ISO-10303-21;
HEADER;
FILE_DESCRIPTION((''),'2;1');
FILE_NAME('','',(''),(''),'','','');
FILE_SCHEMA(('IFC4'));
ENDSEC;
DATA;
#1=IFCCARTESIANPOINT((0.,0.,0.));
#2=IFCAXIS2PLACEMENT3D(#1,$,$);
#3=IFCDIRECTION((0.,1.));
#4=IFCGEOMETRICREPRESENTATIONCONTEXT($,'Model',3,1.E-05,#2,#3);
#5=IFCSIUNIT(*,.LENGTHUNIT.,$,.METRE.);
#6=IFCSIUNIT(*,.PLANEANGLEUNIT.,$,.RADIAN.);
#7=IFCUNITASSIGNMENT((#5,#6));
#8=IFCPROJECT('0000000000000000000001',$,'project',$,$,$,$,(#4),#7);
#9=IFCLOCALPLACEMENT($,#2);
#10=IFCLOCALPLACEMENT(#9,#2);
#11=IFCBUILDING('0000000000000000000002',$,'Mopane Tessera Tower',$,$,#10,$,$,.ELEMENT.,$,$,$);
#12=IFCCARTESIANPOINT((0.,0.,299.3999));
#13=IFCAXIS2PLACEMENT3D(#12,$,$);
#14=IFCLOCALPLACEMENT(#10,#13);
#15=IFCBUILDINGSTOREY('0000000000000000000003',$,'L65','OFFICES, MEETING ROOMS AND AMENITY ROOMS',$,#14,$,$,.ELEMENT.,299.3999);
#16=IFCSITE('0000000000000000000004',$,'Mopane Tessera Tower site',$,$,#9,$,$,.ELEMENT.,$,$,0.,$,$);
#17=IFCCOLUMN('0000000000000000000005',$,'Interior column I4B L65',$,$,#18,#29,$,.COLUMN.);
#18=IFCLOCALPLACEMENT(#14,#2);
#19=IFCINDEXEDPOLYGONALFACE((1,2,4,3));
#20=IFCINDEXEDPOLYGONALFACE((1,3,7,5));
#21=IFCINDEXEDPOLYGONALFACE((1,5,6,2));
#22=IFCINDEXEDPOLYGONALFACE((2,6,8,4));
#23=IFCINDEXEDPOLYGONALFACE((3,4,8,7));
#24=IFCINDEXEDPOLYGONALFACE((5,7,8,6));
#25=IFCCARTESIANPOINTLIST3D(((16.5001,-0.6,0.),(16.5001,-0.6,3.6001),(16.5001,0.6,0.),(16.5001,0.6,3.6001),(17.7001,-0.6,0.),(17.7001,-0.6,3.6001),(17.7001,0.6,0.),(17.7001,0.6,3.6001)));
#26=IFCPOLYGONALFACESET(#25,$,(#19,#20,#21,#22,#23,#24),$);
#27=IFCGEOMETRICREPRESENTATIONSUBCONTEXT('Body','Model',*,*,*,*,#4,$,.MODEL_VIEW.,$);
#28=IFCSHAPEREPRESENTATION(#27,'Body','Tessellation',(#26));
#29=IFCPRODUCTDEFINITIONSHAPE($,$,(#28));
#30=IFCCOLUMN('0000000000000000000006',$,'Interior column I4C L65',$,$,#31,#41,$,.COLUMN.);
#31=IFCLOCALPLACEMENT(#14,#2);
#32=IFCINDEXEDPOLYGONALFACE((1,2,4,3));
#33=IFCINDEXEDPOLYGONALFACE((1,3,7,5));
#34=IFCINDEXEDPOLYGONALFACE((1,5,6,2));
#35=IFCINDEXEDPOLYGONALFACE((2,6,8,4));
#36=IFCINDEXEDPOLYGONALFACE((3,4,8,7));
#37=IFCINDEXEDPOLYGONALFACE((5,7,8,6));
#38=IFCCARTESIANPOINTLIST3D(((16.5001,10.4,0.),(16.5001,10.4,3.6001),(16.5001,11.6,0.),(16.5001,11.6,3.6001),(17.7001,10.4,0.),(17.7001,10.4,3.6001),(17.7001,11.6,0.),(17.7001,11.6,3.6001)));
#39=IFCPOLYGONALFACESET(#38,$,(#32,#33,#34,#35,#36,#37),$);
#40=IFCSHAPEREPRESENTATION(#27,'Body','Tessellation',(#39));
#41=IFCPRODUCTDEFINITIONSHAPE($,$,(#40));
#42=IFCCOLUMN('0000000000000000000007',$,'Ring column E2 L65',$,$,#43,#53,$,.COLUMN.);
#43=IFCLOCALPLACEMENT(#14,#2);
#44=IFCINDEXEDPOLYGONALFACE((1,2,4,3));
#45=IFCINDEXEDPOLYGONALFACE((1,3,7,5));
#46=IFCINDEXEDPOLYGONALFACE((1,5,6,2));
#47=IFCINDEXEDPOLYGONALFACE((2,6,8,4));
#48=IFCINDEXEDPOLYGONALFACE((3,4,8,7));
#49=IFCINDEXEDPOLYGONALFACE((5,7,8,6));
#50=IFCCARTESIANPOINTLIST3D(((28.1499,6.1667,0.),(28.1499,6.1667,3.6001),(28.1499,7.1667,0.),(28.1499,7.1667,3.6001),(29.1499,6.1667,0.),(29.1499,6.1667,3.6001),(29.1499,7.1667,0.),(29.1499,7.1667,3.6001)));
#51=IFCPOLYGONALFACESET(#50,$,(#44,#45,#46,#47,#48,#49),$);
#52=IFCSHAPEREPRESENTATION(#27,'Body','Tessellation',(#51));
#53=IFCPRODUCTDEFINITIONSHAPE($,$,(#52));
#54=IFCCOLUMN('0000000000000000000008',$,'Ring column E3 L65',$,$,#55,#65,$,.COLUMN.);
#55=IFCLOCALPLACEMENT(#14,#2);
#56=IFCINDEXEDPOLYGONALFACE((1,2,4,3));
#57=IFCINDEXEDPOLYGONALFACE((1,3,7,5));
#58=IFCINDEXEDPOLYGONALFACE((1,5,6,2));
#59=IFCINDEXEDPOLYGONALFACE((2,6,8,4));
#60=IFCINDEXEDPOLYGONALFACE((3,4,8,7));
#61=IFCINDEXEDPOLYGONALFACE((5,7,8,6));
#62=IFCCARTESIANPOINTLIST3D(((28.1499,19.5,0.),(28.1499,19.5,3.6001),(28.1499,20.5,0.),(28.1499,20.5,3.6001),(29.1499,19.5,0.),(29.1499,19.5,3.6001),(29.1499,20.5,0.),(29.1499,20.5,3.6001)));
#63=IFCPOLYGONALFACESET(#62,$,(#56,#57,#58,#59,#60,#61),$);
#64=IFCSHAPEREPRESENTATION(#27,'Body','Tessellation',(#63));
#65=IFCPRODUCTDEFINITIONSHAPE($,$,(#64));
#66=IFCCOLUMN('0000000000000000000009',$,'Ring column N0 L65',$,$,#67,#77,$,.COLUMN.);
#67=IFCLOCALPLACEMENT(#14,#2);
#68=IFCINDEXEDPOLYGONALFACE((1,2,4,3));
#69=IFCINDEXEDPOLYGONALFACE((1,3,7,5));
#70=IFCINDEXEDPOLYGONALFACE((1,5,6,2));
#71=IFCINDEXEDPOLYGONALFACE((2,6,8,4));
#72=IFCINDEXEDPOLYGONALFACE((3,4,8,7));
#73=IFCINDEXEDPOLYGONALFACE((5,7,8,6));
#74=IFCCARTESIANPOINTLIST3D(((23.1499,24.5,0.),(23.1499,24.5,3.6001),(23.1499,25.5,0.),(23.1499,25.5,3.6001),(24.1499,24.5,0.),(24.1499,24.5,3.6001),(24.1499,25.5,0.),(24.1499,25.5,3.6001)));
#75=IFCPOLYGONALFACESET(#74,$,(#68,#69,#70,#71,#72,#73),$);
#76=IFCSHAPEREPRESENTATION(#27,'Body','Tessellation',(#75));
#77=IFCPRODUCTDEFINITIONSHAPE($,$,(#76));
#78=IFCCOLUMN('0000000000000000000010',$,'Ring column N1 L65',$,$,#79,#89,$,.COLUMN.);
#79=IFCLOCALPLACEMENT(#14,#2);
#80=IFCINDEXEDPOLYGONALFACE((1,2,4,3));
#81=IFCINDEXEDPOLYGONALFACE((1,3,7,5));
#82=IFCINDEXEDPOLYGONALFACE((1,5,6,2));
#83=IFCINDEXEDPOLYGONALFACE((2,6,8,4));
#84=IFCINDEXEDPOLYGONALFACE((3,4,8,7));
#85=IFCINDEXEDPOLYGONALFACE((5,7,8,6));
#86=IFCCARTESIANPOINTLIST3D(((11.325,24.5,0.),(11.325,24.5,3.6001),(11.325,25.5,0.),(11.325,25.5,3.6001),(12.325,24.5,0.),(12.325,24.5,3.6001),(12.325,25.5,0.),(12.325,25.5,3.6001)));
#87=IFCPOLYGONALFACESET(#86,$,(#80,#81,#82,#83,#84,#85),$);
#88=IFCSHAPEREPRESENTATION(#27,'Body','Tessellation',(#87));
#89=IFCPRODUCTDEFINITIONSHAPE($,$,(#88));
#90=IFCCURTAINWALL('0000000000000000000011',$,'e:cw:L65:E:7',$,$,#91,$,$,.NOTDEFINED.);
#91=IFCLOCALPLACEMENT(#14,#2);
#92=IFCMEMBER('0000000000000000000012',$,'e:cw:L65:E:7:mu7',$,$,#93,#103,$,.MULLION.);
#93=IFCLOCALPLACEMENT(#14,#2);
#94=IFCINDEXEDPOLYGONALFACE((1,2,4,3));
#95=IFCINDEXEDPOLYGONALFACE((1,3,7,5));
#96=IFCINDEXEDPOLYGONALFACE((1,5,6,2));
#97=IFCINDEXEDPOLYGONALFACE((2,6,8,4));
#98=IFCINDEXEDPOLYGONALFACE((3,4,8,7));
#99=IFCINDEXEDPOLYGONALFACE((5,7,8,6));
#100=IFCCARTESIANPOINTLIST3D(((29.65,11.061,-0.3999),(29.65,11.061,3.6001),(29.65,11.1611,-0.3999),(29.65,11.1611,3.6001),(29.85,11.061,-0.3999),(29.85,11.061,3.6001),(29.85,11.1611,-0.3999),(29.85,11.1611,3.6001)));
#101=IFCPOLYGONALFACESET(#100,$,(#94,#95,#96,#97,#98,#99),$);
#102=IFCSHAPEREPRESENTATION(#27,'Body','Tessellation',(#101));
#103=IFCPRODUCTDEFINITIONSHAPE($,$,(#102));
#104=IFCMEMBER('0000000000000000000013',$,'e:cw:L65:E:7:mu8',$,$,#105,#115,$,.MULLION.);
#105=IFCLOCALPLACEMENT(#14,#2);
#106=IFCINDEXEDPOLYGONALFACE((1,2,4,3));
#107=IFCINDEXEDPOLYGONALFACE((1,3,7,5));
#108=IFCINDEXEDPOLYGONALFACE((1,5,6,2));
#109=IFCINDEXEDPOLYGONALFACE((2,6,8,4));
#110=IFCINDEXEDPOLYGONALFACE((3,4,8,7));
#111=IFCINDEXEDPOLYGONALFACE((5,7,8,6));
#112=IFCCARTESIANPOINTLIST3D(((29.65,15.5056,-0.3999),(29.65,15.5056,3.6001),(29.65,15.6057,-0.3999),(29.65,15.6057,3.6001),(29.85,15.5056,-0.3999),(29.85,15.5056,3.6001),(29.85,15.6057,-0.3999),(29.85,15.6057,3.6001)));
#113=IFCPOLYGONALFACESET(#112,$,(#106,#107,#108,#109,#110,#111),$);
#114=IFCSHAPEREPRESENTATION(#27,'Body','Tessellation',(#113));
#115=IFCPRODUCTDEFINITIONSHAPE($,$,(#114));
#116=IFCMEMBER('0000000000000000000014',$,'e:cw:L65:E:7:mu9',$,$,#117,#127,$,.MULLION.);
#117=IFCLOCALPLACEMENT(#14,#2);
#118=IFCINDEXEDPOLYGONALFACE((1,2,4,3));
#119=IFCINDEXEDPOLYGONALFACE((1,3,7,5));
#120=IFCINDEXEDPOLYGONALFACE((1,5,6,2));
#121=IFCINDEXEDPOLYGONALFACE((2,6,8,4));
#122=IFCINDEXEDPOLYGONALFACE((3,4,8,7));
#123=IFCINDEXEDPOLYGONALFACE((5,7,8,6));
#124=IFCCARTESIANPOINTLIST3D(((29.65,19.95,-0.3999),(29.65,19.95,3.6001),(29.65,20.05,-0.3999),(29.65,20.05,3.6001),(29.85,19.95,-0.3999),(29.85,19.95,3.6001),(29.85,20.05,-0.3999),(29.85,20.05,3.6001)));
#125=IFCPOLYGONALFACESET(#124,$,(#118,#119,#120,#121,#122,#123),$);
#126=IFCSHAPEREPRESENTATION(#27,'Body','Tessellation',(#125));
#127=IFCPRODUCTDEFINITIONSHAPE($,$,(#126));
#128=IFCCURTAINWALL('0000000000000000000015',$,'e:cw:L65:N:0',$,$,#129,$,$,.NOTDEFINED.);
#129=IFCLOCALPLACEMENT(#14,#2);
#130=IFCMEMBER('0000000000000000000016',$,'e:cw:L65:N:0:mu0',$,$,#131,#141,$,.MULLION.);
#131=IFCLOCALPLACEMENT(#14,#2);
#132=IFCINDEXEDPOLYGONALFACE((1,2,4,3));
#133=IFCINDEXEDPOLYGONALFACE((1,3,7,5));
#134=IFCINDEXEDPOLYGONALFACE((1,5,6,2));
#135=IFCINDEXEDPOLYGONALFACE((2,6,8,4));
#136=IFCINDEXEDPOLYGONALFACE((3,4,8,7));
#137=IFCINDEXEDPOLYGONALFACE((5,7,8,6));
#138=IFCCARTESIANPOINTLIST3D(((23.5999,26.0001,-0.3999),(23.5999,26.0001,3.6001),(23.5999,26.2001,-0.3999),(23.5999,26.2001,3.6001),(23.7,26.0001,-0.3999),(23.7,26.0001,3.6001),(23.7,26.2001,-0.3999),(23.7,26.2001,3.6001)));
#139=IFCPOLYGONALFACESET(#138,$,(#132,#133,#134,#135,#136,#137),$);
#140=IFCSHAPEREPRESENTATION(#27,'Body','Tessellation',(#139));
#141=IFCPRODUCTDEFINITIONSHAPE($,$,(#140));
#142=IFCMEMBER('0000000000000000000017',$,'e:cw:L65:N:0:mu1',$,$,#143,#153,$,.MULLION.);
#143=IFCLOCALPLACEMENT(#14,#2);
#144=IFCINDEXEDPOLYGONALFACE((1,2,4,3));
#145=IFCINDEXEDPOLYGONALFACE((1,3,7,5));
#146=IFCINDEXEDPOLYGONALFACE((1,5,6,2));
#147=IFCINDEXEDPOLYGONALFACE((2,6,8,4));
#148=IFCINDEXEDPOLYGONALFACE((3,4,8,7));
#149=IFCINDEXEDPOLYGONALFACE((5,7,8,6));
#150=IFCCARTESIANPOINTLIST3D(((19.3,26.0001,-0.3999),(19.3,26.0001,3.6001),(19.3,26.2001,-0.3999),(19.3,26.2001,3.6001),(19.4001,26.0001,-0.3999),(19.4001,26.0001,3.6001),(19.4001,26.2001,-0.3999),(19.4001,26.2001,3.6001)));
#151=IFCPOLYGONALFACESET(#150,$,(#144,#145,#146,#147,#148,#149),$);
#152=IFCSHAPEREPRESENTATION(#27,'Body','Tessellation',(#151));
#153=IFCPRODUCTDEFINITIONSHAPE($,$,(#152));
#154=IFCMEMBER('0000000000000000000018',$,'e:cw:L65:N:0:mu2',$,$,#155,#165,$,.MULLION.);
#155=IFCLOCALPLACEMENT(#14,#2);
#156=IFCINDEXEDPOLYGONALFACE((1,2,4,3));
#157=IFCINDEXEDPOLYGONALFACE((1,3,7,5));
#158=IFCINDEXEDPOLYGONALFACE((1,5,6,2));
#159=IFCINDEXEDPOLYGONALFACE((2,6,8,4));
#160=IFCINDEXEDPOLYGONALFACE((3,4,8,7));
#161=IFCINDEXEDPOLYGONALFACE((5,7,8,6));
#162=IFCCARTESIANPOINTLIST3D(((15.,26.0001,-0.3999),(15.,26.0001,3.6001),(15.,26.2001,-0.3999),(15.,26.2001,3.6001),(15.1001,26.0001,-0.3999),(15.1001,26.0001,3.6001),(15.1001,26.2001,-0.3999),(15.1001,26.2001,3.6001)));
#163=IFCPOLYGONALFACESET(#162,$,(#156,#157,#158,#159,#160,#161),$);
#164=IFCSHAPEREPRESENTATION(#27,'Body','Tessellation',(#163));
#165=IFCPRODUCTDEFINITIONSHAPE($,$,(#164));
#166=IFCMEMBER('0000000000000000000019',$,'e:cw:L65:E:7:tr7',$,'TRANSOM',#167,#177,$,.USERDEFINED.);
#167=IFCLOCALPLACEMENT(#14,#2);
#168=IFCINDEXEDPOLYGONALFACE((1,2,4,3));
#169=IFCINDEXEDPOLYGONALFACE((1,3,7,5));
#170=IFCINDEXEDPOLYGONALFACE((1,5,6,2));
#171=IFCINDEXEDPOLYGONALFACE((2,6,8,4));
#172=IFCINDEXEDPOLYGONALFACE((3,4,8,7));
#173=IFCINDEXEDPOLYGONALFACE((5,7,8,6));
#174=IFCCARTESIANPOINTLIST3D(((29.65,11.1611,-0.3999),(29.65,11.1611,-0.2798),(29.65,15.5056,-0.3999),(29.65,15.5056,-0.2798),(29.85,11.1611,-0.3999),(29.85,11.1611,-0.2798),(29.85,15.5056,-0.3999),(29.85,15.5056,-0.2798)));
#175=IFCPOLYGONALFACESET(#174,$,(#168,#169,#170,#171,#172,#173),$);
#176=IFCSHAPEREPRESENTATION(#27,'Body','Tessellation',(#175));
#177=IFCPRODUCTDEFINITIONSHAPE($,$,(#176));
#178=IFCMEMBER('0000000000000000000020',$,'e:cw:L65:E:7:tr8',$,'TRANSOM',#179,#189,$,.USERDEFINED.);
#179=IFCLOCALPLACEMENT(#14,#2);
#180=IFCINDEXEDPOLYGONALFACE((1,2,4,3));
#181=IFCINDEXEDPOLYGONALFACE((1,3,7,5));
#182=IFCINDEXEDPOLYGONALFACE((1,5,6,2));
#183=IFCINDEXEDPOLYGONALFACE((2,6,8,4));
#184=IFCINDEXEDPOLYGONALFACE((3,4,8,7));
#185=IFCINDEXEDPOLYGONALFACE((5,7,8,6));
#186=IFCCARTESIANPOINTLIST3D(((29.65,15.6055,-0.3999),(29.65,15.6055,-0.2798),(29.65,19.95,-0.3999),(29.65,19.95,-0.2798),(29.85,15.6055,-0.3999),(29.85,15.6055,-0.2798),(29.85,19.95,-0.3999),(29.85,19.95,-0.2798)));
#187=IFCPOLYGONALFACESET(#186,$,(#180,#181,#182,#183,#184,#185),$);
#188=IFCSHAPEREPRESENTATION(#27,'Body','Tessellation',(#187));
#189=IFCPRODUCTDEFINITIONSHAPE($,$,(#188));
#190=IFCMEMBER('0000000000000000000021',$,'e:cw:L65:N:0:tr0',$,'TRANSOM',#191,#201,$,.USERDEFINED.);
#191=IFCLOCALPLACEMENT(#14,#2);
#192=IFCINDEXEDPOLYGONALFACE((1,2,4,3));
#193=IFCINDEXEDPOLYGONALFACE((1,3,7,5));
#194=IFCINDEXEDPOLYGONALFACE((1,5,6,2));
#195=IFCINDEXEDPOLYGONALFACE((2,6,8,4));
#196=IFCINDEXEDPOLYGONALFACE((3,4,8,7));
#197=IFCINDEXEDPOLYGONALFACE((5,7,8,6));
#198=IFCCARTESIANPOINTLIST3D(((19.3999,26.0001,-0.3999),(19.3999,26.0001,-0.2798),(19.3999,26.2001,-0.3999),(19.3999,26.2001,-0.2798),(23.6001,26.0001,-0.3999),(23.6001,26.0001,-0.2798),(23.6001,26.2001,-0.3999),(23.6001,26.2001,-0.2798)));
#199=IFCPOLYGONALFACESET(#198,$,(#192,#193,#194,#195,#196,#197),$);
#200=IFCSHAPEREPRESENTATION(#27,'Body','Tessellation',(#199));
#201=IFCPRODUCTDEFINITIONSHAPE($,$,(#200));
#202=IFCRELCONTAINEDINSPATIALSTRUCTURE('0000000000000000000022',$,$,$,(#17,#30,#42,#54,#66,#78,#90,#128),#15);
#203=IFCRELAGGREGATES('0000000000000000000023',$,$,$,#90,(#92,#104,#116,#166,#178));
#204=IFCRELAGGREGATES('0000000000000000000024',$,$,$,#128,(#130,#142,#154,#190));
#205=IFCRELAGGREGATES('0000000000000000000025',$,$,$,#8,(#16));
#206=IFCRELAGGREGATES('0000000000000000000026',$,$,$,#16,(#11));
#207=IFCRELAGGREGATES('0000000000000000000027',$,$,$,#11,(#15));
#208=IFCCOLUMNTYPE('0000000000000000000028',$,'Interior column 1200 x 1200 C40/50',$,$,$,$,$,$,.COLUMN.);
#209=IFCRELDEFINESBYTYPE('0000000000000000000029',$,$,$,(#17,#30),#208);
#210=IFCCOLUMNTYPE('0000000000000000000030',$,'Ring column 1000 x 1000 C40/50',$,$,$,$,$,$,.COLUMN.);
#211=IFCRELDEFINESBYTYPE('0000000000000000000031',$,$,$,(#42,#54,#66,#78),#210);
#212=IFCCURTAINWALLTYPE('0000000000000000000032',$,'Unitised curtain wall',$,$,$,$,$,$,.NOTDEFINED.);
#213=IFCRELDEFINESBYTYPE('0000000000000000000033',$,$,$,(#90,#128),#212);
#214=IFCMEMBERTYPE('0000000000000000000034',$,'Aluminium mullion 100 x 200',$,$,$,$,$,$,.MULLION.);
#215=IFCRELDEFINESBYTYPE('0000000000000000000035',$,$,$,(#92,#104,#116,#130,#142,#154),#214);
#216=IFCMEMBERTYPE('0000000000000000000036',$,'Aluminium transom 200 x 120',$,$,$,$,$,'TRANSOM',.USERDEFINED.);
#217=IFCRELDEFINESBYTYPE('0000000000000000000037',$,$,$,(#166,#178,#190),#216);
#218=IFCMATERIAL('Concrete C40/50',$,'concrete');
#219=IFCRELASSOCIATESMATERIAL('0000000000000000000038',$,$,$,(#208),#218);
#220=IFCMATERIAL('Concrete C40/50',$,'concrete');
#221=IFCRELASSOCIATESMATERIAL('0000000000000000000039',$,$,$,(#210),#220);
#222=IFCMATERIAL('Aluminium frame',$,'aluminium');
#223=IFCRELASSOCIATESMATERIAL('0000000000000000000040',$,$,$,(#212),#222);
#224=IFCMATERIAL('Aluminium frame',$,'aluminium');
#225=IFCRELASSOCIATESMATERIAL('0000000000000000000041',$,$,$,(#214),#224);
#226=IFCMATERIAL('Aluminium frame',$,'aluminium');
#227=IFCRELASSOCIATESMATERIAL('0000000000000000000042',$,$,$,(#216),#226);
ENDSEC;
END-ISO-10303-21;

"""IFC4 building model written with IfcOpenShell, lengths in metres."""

from ifc_helpers import new_model, si_unit, direction, frame, origin, origin_2d, place, context, subcontext, project, spatial, rectangle, extrude, material, material_profile, profile_set, type_object, element, aggregate, save


model = new_model("IFC4")

# Units and contexts
model_context = context("Model", 3, precision=1e-05, world=origin(), true_north=direction((0.0, 1.0)))
body_context = subcontext(model_context, "Body", "Model", "MODEL_VIEW")
ifc_project = project(units=[si_unit("LENGTHUNIT", "METRE"), si_unit("PLANEANGLEUNIT", "RADIAN")], contexts=[model_context])

# Site, building, storey
site_placement = place(None, origin())
site = spatial("IfcSite", under=ifc_project, at=site_placement, Name="Mopane Tessera Tower site", CompositionType="ELEMENT", RefElevation=0.0)
building_placement = place(site_placement, origin())
building = spatial("IfcBuilding", under=site, at=building_placement, Name="Mopane Tessera Tower", CompositionType="ELEMENT")
storey_placement = place(building_placement, frame((0.0, 0.0, 299.3999)))
storey = spatial("IfcBuildingStorey", under=building, at=storey_placement, Name="L65", Description="OFFICES, MEETING ROOMS AND AMENITY ROOMS", CompositionType="ELEMENT", Elevation=299.3999)

# Columns
ifc_material_1 = material(Name="Concrete C40/50", Category="concrete")
ifc_material_profile_1 = material_profile(ifc_material_1, rectangle(XDim=1.2, YDim=1.2, at=origin_2d()))
ifc_profile_set_1 = profile_set([ifc_material_profile_1], Name="Concrete C40/50")
column_type_1 = type_object("IfcColumnType", Name="Interior column 1200 x 1200 C40/50", PredefinedType="COLUMN", material=ifc_profile_set_1)
for number, where, z_axis, x_axis, name in (
    (1, (17.1001, 0.0, 0.0), (0.0, 0.0, 1.0), (1.0, 0.0, 0.0), "Interior column I4B L65"),
    (2, (17.1001, 11.0, 0.0), (0.0, 0.0, 1.0), (1.0, 0.0, 0.0), "Interior column I4C L65"),
):
    element("IfcColumn", number, at=place(storey_placement, frame(where, z_axis=z_axis, x_axis=x_axis)), inside=storey, type_object=column_type_1, Name=name, PredefinedType="COLUMN", context=body_context, shape_type="SweptSolid", body=[
        extrude(rectangle(XDim=1.2, YDim=1.2, at=origin_2d()), origin(), (0.0, 0.0, 1.0), 3.6001),
    ])
ifc_material_2 = material(Name="Concrete C40/50", Category="concrete")
ifc_material_profile_2 = material_profile(ifc_material_2, rectangle(XDim=1.0, YDim=1.0, at=origin_2d()))
ifc_profile_set_2 = profile_set([ifc_material_profile_2], Name="Concrete C40/50")
column_type_2 = type_object("IfcColumnType", Name="Ring column 1000 x 1000 C40/50", PredefinedType="COLUMN", material=ifc_profile_set_2)
for number, where, z_axis, x_axis, name in (
    (3, (28.6499, 6.6667, 0.0), (0.0, 0.0, 1.0), (1.0, 0.0, 0.0), "Ring column E2 L65"),
    (4, (28.6499, 20.0, 0.0), (0.0, 0.0, 1.0), (1.0, 0.0, 0.0), "Ring column E3 L65"),
    (5, (23.6499, 25.0, 0.0), (0.0, 0.0, 1.0), (1.0, 0.0, 0.0), "Ring column N0 L65"),
    (6, (11.825, 25.0, 0.0), (0.0, 0.0, 1.0), (1.0, 0.0, 0.0), "Ring column N1 L65"),
):
    element("IfcColumn", number, at=place(storey_placement, frame(where, z_axis=z_axis, x_axis=x_axis)), inside=storey, type_object=column_type_2, Name=name, PredefinedType="COLUMN", context=body_context, shape_type="SweptSolid", body=[
        extrude(rectangle(XDim=1.0, YDim=1.0, at=origin_2d()), origin(), (0.0, 0.0, 1.0), 3.6001),
    ])

# Curtain walls, members
ifc_material_3 = material(Name="Aluminium frame", Category="aluminium")
curtain_wall_type = type_object("IfcCurtainWallType", Name="Unitised curtain wall", PredefinedType="NOTDEFINED", material=ifc_material_3)
curtain_wall_1_placement = place(storey_placement, origin())
curtain_wall_1 = element("IfcCurtainWall", 7, at=curtain_wall_1_placement, inside=storey, type_object=curtain_wall_type, Name="e:cw:L65:E:7", PredefinedType="NOTDEFINED")
ifc_material_4 = material(Name="Aluminium frame", Category="aluminium")
ifc_material_profile_3 = material_profile(ifc_material_4, rectangle(XDim=0.1001, YDim=0.2, at=origin_2d()))
ifc_profile_set_3 = profile_set([ifc_material_profile_3], Name="Aluminium frame")
member_type_1 = type_object("IfcMemberType", Name="Aluminium mullion 100 x 200", PredefinedType="MULLION", material=ifc_profile_set_3)
member_1_placement = place(storey_placement, frame((29.75, 11.1111, -0.3999), z_axis=(0.0, 0.0, 1.0), x_axis=(0.0, 1.0, 0.0)))
member_1 = element("IfcMember", 8, at=member_1_placement, type_object=member_type_1, Name="e:cw:L65:E:7:mu7", PredefinedType="MULLION", context=body_context, shape_type="SweptSolid", body=[
    extrude(rectangle(XDim=0.1001, YDim=0.2, at=origin_2d()), origin(), (0.0, 0.0, 1.0), 4.0),
])
member_2_placement = place(storey_placement, frame((29.75, 15.5557, -0.3999), z_axis=(0.0, 0.0, 1.0), x_axis=(0.0, 1.0, 0.0)))
member_2 = element("IfcMember", 9, at=member_2_placement, type_object=member_type_1, Name="e:cw:L65:E:7:mu8", PredefinedType="MULLION", context=body_context, shape_type="SweptSolid", body=[
    extrude(rectangle(XDim=0.1001, YDim=0.2, at=origin_2d()), origin(), (0.0, 0.0, 1.0), 4.0),
])
member_3_placement = place(storey_placement, frame((29.75, 20.0, -0.3999), z_axis=(0.0, 0.0, 1.0), x_axis=(0.0, 1.0, 0.0)))
member_3 = element("IfcMember", 10, at=member_3_placement, type_object=member_type_1, Name="e:cw:L65:E:7:mu9", PredefinedType="MULLION", context=body_context, shape_type="SweptSolid", body=[
    extrude(rectangle(XDim=0.1001, YDim=0.2, at=origin_2d()), origin(), (0.0, 0.0, 1.0), 4.0),
])
curtain_wall_2_placement = place(storey_placement, origin())
curtain_wall_2 = element("IfcCurtainWall", 11, at=curtain_wall_2_placement, inside=storey, type_object=curtain_wall_type, Name="e:cw:L65:N:0", PredefinedType="NOTDEFINED")
member_4_placement = place(storey_placement, frame((23.6499, 26.1001, -0.3999), z_axis=(0.0, 0.0, 1.0), x_axis=(-1.0, 0.0, 0.0)))
member_4 = element("IfcMember", 12, at=member_4_placement, type_object=member_type_1, Name="e:cw:L65:N:0:mu0", PredefinedType="MULLION", context=body_context, shape_type="SweptSolid", body=[
    extrude(rectangle(XDim=0.1001, YDim=0.2, at=origin_2d()), origin(), (0.0, 0.0, 1.0), 4.0),
])
member_5_placement = place(storey_placement, frame((19.3501, 26.1001, -0.3999), z_axis=(0.0, 0.0, 1.0), x_axis=(-1.0, 0.0, 0.0)))
member_5 = element("IfcMember", 13, at=member_5_placement, type_object=member_type_1, Name="e:cw:L65:N:0:mu1", PredefinedType="MULLION", context=body_context, shape_type="SweptSolid", body=[
    extrude(rectangle(XDim=0.1001, YDim=0.2, at=origin_2d()), origin(), (0.0, 0.0, 1.0), 4.0),
])
member_6_placement = place(storey_placement, frame((15.05, 26.1001, -0.3999), z_axis=(0.0, 0.0, 1.0), x_axis=(-1.0, 0.0, 0.0)))
member_6 = element("IfcMember", 14, at=member_6_placement, type_object=member_type_1, Name="e:cw:L65:N:0:mu2", PredefinedType="MULLION", context=body_context, shape_type="SweptSolid", body=[
    extrude(rectangle(XDim=0.1001, YDim=0.2, at=origin_2d()), origin(), (0.0, 0.0, 1.0), 4.0),
])

# Members
ifc_material_5 = material(Name="Aluminium frame", Category="aluminium")
ifc_material_profile_4 = material_profile(ifc_material_5, rectangle(XDim=0.2, YDim=0.1201, at=origin_2d()))
ifc_profile_set_4 = profile_set([ifc_material_profile_4], Name="Aluminium frame")
member_type_2 = type_object("IfcMemberType", Name="Aluminium transom 200 x 120", ElementType="TRANSOM", PredefinedType="USERDEFINED", material=ifc_profile_set_4)
member_7_placement = place(storey_placement, frame((29.75, 11.1611, -0.3398), z_axis=(0.0, 1.0, 0.0), x_axis=(-1.0, 0.0, 0.0)))
member_7 = element("IfcMember", 15, at=member_7_placement, type_object=member_type_2, Name="e:cw:L65:E:7:tr7", ObjectType="TRANSOM", PredefinedType="USERDEFINED", context=body_context, shape_type="SweptSolid", body=[
    extrude(rectangle(XDim=0.2, YDim=0.1201, at=origin_2d()), origin(), (0.0, 0.0, 1.0), 4.3445),
])
member_8_placement = place(storey_placement, frame((29.75, 15.6055, -0.3398), z_axis=(0.0, 1.0, 0.0), x_axis=(-1.0, 0.0, 0.0)))
member_8 = element("IfcMember", 16, at=member_8_placement, type_object=member_type_2, Name="e:cw:L65:E:7:tr8", ObjectType="TRANSOM", PredefinedType="USERDEFINED", context=body_context, shape_type="SweptSolid", body=[
    extrude(rectangle(XDim=0.2, YDim=0.1201, at=origin_2d()), origin(), (0.0, 0.0, 1.0), 4.3445),
])
member_9_placement = place(storey_placement, frame((23.6001, 26.1001, -0.3398), z_axis=(-1.0, 0.0, 0.0), x_axis=(0.0, -1.0, 0.0)))
member_9 = element("IfcMember", 17, at=member_9_placement, type_object=member_type_2, Name="e:cw:L65:N:0:tr0", ObjectType="TRANSOM", PredefinedType="USERDEFINED", context=body_context, shape_type="SweptSolid", body=[
    extrude(rectangle(XDim=0.2, YDim=0.1201, at=origin_2d()), origin(), (0.0, 0.0, 1.0), 4.2002),
])

aggregate(curtain_wall_1, [member_1, member_2, member_3, member_7, member_8])
aggregate(curtain_wall_2, [member_4, member_5, member_6, member_9])

save(model, "model.ifc")
